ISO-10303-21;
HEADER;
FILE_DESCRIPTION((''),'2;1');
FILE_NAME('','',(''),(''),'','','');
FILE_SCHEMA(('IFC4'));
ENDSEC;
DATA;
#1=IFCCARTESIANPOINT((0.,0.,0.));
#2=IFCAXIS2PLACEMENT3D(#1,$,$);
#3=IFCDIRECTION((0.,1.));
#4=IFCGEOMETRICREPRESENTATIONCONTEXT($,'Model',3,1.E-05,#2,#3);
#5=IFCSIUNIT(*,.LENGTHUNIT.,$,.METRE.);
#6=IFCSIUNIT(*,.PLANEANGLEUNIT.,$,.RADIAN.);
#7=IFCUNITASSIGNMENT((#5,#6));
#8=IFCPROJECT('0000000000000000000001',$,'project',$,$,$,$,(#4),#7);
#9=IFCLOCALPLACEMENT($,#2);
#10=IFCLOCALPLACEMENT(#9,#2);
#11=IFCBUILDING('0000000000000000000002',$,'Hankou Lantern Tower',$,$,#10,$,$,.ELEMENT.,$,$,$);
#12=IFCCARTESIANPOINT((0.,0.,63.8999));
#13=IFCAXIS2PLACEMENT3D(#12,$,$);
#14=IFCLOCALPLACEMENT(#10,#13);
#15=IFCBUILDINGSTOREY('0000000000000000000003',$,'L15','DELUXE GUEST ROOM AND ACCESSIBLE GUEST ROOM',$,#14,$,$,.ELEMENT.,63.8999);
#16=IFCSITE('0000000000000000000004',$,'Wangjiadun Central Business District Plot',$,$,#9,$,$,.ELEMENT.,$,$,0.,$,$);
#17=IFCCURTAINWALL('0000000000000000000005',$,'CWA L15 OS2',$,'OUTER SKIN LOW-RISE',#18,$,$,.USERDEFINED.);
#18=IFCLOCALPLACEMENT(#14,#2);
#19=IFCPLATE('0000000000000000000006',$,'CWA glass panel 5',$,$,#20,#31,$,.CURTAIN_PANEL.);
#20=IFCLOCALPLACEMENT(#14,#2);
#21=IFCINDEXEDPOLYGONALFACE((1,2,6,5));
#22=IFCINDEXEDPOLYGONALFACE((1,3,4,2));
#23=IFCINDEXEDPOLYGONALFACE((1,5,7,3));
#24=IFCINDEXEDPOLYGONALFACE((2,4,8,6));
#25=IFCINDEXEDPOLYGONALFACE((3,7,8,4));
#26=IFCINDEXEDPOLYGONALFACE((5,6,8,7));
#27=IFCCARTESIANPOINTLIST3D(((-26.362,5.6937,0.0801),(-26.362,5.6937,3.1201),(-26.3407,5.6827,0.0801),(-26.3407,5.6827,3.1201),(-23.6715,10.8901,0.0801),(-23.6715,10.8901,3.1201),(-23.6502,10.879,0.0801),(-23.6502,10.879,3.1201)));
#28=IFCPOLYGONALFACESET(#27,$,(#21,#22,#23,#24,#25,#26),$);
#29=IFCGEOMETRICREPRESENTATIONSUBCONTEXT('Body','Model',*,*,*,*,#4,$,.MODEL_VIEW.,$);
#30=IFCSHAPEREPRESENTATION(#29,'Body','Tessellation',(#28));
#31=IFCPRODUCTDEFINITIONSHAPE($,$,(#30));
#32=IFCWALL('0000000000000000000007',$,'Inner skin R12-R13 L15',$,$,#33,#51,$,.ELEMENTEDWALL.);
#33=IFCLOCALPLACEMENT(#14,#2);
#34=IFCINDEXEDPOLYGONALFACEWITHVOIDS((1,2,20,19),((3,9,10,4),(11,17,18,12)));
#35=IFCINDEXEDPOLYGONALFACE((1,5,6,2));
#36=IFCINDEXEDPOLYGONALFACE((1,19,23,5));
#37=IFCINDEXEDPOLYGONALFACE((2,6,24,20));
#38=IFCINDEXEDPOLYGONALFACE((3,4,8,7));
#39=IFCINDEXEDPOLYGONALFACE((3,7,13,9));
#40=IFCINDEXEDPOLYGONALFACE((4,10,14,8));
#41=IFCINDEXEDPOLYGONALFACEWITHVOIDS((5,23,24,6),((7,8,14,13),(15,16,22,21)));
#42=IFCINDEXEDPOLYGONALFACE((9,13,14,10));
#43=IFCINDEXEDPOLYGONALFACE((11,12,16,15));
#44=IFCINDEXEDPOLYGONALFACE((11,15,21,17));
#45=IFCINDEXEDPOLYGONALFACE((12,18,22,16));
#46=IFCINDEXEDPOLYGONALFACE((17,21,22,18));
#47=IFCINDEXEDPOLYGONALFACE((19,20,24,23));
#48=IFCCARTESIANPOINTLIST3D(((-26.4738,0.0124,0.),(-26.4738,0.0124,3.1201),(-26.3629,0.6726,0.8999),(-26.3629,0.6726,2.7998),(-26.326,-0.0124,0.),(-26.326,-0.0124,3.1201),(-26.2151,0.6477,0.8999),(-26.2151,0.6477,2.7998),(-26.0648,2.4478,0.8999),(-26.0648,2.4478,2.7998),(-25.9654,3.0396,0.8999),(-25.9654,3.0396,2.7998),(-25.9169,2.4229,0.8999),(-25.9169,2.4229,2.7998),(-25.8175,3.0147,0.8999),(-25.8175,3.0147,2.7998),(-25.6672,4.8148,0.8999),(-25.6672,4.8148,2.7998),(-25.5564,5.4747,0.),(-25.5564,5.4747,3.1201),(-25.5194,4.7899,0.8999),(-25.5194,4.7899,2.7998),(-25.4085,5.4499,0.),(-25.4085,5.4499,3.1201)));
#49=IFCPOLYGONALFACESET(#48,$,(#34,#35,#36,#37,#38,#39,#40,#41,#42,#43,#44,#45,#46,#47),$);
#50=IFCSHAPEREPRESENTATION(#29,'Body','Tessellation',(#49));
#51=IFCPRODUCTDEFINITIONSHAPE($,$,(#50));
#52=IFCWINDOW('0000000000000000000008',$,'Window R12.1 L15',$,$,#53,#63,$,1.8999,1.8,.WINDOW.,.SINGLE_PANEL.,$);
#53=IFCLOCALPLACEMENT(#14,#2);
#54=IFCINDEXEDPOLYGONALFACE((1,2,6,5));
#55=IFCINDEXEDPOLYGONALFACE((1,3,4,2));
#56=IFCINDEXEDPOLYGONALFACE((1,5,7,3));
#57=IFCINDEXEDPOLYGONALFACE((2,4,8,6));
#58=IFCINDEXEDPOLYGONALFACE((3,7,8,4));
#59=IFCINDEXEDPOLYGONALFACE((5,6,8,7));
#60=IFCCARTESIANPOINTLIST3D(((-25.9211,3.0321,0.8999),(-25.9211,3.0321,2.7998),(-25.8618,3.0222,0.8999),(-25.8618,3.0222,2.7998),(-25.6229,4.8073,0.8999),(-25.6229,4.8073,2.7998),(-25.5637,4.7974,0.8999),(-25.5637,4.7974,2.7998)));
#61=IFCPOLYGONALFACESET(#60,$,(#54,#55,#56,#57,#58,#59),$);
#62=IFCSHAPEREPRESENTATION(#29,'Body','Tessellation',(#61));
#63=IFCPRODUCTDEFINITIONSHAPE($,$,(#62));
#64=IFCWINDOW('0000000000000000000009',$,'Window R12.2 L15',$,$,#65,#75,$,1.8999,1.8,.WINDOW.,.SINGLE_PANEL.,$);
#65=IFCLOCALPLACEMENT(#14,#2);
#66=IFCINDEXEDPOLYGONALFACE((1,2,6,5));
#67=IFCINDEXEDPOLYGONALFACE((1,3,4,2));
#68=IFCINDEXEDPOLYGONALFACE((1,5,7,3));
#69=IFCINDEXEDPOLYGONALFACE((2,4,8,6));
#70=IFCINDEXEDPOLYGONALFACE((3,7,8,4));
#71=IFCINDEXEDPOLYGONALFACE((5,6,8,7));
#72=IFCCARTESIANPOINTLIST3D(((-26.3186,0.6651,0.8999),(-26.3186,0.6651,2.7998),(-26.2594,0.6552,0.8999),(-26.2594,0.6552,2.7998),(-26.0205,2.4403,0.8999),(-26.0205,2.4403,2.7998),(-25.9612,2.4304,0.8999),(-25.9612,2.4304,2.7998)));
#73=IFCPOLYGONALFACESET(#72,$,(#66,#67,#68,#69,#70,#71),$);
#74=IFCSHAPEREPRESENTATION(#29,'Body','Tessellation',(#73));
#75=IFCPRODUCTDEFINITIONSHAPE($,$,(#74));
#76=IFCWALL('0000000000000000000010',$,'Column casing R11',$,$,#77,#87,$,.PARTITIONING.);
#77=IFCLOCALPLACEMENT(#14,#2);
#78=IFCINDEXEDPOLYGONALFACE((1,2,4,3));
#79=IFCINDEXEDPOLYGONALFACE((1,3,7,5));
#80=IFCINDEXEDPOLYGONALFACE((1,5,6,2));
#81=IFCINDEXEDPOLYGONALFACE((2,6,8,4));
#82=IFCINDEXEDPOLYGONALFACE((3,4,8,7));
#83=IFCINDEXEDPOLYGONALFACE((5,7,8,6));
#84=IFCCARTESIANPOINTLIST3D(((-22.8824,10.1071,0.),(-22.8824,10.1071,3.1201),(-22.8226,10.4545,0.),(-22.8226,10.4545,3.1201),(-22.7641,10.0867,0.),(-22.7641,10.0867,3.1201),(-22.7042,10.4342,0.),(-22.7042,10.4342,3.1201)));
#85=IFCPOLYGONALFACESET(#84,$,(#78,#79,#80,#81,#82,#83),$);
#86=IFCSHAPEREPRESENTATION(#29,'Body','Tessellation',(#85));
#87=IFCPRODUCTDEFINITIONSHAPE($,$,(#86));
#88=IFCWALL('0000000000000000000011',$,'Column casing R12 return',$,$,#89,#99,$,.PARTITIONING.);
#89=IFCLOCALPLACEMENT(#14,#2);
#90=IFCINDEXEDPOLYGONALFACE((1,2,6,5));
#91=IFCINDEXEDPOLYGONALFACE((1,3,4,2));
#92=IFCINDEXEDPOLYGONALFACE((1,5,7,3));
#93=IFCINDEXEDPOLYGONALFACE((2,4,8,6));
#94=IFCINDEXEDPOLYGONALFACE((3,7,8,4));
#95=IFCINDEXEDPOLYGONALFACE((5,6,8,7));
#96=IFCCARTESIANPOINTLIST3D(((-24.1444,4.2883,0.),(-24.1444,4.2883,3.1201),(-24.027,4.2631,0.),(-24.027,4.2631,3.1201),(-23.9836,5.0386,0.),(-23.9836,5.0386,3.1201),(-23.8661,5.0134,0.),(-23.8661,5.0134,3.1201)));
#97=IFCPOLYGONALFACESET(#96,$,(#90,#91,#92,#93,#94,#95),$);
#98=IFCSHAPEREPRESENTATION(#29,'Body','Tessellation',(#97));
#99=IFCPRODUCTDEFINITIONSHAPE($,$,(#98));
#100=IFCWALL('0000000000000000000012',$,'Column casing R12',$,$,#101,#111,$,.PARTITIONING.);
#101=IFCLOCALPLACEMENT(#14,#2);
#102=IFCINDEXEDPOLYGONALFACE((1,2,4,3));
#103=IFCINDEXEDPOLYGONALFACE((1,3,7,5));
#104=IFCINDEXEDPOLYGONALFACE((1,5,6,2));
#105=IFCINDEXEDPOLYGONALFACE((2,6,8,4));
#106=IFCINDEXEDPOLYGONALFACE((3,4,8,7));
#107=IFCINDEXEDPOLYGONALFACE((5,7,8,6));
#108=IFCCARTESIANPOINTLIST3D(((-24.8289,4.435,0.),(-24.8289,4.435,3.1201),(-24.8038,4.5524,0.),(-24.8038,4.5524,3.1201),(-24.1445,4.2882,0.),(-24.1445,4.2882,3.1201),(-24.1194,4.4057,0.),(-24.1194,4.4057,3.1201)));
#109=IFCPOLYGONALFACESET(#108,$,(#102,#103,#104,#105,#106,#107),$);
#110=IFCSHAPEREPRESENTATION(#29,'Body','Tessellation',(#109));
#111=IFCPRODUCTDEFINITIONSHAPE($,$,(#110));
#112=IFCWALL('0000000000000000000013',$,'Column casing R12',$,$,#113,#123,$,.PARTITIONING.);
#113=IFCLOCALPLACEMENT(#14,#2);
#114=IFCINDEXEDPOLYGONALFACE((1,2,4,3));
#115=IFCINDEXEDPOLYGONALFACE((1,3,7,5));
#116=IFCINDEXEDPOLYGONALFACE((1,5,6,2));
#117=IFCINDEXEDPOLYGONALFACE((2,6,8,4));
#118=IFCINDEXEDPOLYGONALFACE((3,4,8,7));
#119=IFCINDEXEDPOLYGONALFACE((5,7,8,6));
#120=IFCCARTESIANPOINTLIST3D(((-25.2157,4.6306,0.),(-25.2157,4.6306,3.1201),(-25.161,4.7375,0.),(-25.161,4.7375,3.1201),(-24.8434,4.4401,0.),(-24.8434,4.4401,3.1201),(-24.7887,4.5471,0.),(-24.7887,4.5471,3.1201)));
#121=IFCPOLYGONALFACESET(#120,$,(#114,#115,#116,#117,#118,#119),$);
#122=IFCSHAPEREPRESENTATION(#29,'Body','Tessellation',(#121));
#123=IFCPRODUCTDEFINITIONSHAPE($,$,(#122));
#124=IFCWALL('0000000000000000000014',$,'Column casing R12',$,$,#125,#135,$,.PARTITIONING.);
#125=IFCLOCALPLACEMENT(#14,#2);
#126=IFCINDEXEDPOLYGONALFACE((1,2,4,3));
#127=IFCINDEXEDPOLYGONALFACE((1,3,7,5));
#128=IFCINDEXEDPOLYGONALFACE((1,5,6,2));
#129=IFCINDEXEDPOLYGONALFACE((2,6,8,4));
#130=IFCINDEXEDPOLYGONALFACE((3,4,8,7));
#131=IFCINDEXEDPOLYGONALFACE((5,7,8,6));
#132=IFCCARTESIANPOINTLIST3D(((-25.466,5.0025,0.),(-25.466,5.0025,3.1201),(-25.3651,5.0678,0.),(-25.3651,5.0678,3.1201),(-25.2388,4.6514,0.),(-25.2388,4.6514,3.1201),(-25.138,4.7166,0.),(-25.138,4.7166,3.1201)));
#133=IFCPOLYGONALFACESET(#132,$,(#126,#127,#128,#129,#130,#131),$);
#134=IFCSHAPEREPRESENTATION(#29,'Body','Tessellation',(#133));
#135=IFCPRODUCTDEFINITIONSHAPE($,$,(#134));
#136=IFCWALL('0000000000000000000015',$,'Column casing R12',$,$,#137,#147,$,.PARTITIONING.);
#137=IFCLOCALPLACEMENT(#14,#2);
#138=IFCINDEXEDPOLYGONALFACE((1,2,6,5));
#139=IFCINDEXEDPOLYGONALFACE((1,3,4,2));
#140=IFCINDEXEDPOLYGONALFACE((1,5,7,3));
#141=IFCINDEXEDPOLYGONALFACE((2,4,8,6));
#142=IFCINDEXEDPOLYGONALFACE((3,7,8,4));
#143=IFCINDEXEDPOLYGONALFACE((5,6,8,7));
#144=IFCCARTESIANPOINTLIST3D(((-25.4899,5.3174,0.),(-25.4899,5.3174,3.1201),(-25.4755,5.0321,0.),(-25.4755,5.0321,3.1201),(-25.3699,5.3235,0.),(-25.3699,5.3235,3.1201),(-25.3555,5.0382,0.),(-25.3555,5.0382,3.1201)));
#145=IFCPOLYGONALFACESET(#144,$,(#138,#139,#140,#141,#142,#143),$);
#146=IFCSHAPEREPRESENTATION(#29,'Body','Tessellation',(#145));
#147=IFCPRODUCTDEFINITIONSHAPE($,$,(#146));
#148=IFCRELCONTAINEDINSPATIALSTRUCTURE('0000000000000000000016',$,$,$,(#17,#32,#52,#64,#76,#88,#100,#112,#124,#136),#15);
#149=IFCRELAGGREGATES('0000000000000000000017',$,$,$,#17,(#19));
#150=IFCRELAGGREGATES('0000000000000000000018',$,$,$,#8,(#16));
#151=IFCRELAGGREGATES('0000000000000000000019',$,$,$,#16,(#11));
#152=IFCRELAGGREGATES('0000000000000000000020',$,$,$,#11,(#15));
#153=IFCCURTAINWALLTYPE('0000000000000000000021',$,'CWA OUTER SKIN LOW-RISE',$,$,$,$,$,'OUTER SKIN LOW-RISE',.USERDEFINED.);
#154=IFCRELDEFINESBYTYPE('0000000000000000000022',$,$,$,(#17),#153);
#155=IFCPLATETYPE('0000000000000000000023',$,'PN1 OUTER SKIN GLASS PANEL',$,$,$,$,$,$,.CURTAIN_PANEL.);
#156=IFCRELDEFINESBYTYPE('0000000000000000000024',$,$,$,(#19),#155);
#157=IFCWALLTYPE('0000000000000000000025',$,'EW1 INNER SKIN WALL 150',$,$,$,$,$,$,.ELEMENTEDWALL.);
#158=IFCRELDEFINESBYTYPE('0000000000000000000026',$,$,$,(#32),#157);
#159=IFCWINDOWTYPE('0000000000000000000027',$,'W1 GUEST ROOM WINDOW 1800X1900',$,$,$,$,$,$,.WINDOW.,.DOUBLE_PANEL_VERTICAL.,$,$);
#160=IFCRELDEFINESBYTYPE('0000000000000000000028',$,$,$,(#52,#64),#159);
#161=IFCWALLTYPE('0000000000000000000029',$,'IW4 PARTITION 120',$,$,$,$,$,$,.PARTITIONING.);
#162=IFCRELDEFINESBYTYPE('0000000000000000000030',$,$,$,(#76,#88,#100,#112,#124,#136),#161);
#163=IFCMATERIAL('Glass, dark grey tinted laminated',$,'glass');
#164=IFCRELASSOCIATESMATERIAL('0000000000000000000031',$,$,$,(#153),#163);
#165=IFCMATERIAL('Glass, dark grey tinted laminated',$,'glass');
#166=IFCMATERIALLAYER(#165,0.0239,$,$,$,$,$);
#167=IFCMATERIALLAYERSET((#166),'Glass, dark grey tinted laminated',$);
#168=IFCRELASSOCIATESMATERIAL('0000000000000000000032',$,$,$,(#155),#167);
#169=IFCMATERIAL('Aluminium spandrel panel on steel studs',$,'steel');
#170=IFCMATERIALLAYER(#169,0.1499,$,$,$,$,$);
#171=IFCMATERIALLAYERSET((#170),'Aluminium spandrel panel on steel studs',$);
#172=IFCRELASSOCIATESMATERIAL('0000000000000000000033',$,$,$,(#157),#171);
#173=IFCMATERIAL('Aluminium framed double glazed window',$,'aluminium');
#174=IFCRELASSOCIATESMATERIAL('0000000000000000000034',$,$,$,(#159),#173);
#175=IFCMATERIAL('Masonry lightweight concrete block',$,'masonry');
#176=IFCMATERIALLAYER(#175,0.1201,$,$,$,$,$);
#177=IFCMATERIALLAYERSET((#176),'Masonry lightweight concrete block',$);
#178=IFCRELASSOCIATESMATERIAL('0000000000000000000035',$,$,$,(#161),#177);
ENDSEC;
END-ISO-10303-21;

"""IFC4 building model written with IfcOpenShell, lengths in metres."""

from ifc_helpers import new_model, si_unit, direction, frame, frame_2d, origin, origin_2d, place, context, subcontext, project, spatial, rectangle, extrude, material, layer, layer_set, type_object, element, fill, aggregate, save


model = new_model("IFC4")

# Units and contexts
model_context = context("Model", 3, precision=1e-05, world=origin(), true_north=direction((0.0, 1.0)))
body_context = subcontext(model_context, "Body", "Model", "MODEL_VIEW")
ifc_project = project(units=[si_unit("LENGTHUNIT", "METRE"), si_unit("PLANEANGLEUNIT", "RADIAN")], contexts=[model_context])

# Site, building, storey
site_placement = place(None, origin())
site = spatial("IfcSite", under=ifc_project, at=site_placement, Name="Wangjiadun Central Business District Plot", CompositionType="ELEMENT", RefElevation=0.0)
building_placement = place(site_placement, origin())
building = spatial("IfcBuilding", under=site, at=building_placement, Name="Hankou Lantern Tower", CompositionType="ELEMENT")
storey_placement = place(building_placement, frame((0.0, 0.0, 63.8999)))
storey = spatial("IfcBuildingStorey", under=building, at=storey_placement, Name="L15", Description="DELUXE GUEST ROOM AND ACCESSIBLE GUEST ROOM", CompositionType="ELEMENT", Elevation=63.8999)

# Curtain wall
ifc_material_1 = material(Name="Glass, dark grey tinted laminated", Category="glass")
curtain_wall_type = type_object("IfcCurtainWallType", Name="CWA OUTER SKIN LOW-RISE", ElementType="OUTER SKIN LOW-RISE", PredefinedType="USERDEFINED", material=ifc_material_1)
curtain_wall_placement = place(storey_placement, origin())
curtain_wall = element("IfcCurtainWall", 1, at=curtain_wall_placement, inside=storey, type_object=curtain_wall_type, Name="CWA L15 OS2", ObjectType="OUTER SKIN LOW-RISE", PredefinedType="USERDEFINED")

# Plate
ifc_material_2 = material(Name="Glass, dark grey tinted laminated", Category="glass")
ifc_layer_1 = layer(ifc_material_2, 0.0239)
ifc_layer_set_1 = layer_set([ifc_layer_1], Name="Glass, dark grey tinted laminated")
plate_type = type_object("IfcPlateType", Name="PN1 OUTER SKIN GLASS PANEL", PredefinedType="CURTAIN_PANEL", material=ifc_layer_set_1)
plate_placement = place(storey_placement, frame((-25.0061, 8.2864, 0.0801), z_axis=(0.0, 0.0, 1.0), x_axis=(-0.459791, -0.888027, 0.0)))
plate = element("IfcPlate", 2, at=plate_placement, type_object=plate_type, Name="CWA glass panel 5", PredefinedType="CURTAIN_PANEL", context=body_context, shape_type="SweptSolid", body=[
    extrude(rectangle(XDim=5.8516, YDim=0.0239, at=origin_2d()), origin(), (0.0, 0.0, 1.0), 3.04),
])
aggregate(curtain_wall, [plate])

# Wall, openings, windows
ifc_material_3 = material(Name="Aluminium spandrel panel on steel studs", Category="steel")
ifc_layer_2 = layer(ifc_material_3, 0.1499)
ifc_layer_set_2 = layer_set([ifc_layer_2], Name="Aluminium spandrel panel on steel studs")
wall_type_1 = type_object("IfcWallType", Name="EW1 INNER SKIN WALL 150", PredefinedType="ELEMENTEDWALL", material=ifc_layer_set_2)
wall_1_placement = place(storey_placement, frame((-25.4824, 5.4624, 0.0), z_axis=(0.0, 0.0, 1.0), x_axis=(-0.165643, -0.986186, 0.0)))
wall_1 = element("IfcWall", 3, at=wall_1_placement, inside=storey, type_object=wall_type_1, Name="Inner skin R12-R13 L15", PredefinedType="ELEMENTEDWALL", context=body_context, shape_type="SweptSolid", body=[
    extrude(rectangle(XDim=5.5388, YDim=0.1499, at=frame_2d((2.7695, 0.0))), origin(), (0.0, 0.0, 1.0), 3.1201),
])
opening_1_placement = place(wall_1_placement, frame((0.6694, 0.0, 0.8999)))
opening_1 = element("IfcOpeningElement", 4, at=opening_1_placement, cuts=wall_1, PredefinedType="OPENING", context=body_context, shape_type="SweptSolid", body=[
    extrude(rectangle(XDim=1.8, YDim=1.8999, at=frame_2d((0.8999, 0.95))), frame((0.0, 0.085, 0.0), z_axis=(0.0, -1.0, 0.0), x_axis=(1.0, 0.0, 0.0)), (0.0, 0.0, 1.0), 0.1699),
])
opening_2_placement = place(wall_1_placement, frame((3.0696, 0.0, 0.8999)))
opening_2 = element("IfcOpeningElement", 5, at=opening_2_placement, cuts=wall_1, PredefinedType="OPENING", context=body_context, shape_type="SweptSolid", body=[
    extrude(rectangle(XDim=1.8, YDim=1.8999, at=frame_2d((0.8999, 0.95))), frame((0.0, 0.085, 0.0), z_axis=(0.0, -1.0, 0.0), x_axis=(1.0, 0.0, 0.0)), (0.0, 0.0, 1.0), 0.1699),
])
ifc_material_4 = material(Name="Aluminium framed double glazed window", Category="aluminium")
window_type = type_object("IfcWindowType", Name="W1 GUEST ROOM WINDOW 1800X1900", PartitioningType="DOUBLE_PANEL_VERTICAL", PredefinedType="WINDOW", material=ifc_material_4)
window_1_placement = place(opening_1_placement, origin())
window_1 = element("IfcWindow", 6, at=window_1_placement, inside=storey, type_object=window_type, Name="Window R12.1 L15", OverallHeight=1.8999, OverallWidth=1.8, PartitioningType="SINGLE_PANEL", PredefinedType="WINDOW", context=body_context, shape_type="SweptSolid", body=[
    extrude(rectangle(XDim=1.8, YDim=1.8999, at=frame_2d((0.8999, 0.95))), frame((0.0, 0.03, 0.0), z_axis=(0.0, -1.0, 0.0), x_axis=(1.0, 0.0, 0.0)), (0.0, 0.0, 1.0), 0.0601),
])
fill(opening_1, window_1)
window_2_placement = place(opening_2_placement, origin())
window_2 = element("IfcWindow", 7, at=window_2_placement, inside=storey, type_object=window_type, Name="Window R12.2 L15", OverallHeight=1.8999, OverallWidth=1.8, PartitioningType="SINGLE_PANEL", PredefinedType="WINDOW", context=body_context, shape_type="SweptSolid", body=[
    extrude(rectangle(XDim=1.8, YDim=1.8999, at=frame_2d((0.8999, 0.95))), frame((0.0, 0.03, 0.0), z_axis=(0.0, -1.0, 0.0), x_axis=(1.0, 0.0, 0.0)), (0.0, 0.0, 1.0), 0.0601),
])
fill(opening_2, window_2)

# Walls
ifc_material_5 = material(Name="Masonry lightweight concrete block", Category="masonry")
ifc_layer_3 = layer(ifc_material_5, 0.1201)
ifc_layer_set_3 = layer_set([ifc_layer_3], Name="Masonry lightweight concrete block")
wall_type_2 = type_object("IfcWallType", Name="IW4 PARTITION 120", PredefinedType="PARTITIONING", material=ifc_layer_set_3)
wall_2_placement = place(storey_placement, frame((-22.8232, 10.0969, 0.0), z_axis=(0.0, 0.0, 1.0), x_axis=(0.169675, 0.9855, 0.0)))
element("IfcWall", 8, at=wall_2_placement, inside=storey, type_object=wall_type_2, Name="Column casing R11", PredefinedType="PARTITIONING", context=body_context, shape_type="SweptSolid", body=[
    extrude(rectangle(XDim=0.3525, YDim=0.1201, at=frame_2d((0.1763, 0.0))), origin(), (0.0, 0.0, 1.0), 3.1201),
])
wall_3_placement = place(storey_placement, frame((-23.9248, 5.0261, 0.0), z_axis=(0.0, 0.0, 1.0), x_axis=(-0.209681, -0.97777, 0.0)))
element("IfcWall", 9, at=wall_3_placement, inside=storey, type_object=wall_type_2, Name="Column casing R12 return", PredefinedType="PARTITIONING", context=body_context, shape_type="SweptSolid", body=[
    extrude(rectangle(XDim=0.7673, YDim=0.1201, at=frame_2d((0.3838, 0.0))), origin(), (0.0, 0.0, 1.0), 3.1201),
])
wall_4_placement = place(storey_placement, frame((-24.1318, 4.3469, 0.0), z_axis=(0.0, 0.0, 1.0), x_axis=(-0.977777, 0.209648, 0.0)))
element("IfcWall", 10, at=wall_4_placement, inside=storey, type_object=wall_type_2, Name="Column casing R12", PredefinedType="PARTITIONING", context=body_context, shape_type="SweptSolid", body=[
    extrude(rectangle(XDim=0.7, YDim=0.1201, at=frame_2d((0.3501, 0.0))), origin(), (0.0, 0.0, 1.0), 3.1201),
])
for number, where, z_axis, x_axis, name in (
    (11, (-24.8162, 4.4937, 0.0), (0.0, 0.0, 1.0), (-0.890303, 0.455368, 0.0), "Column casing R12"),
    (12, (-25.1885, 4.6841, 0.0), (0.0, 0.0, 1.0), (-0.543058, 0.839695, 0.0), "Column casing R12"),
):
    element("IfcWall", number, at=place(storey_placement, frame(where, z_axis=z_axis, x_axis=x_axis)), inside=storey, type_object=wall_type_2, Name=name, PredefinedType="PARTITIONING", context=body_context, shape_type="SweptSolid", body=[
        extrude(rectangle(XDim=0.4182, YDim=0.1201, at=frame_2d((0.209, 0.0))), origin(), (0.0, 0.0, 1.0), 3.1201),
    ])
wall_5_placement = place(storey_placement, frame((-25.4155, 5.0352, 0.0), z_axis=(0.0, 0.0, 1.0), x_axis=(-0.050406, 0.998729, 0.0)))
element("IfcWall", 13, at=wall_5_placement, inside=storey, type_object=wall_type_2, Name="Column casing R12", PredefinedType="PARTITIONING", context=body_context, shape_type="SweptSolid", body=[
    extrude(rectangle(XDim=0.2856, YDim=0.1201, at=frame_2d((0.1428, 0.0))), origin(), (0.0, 0.0, 1.0), 3.1201),
])

save(model, "model.ifc")
